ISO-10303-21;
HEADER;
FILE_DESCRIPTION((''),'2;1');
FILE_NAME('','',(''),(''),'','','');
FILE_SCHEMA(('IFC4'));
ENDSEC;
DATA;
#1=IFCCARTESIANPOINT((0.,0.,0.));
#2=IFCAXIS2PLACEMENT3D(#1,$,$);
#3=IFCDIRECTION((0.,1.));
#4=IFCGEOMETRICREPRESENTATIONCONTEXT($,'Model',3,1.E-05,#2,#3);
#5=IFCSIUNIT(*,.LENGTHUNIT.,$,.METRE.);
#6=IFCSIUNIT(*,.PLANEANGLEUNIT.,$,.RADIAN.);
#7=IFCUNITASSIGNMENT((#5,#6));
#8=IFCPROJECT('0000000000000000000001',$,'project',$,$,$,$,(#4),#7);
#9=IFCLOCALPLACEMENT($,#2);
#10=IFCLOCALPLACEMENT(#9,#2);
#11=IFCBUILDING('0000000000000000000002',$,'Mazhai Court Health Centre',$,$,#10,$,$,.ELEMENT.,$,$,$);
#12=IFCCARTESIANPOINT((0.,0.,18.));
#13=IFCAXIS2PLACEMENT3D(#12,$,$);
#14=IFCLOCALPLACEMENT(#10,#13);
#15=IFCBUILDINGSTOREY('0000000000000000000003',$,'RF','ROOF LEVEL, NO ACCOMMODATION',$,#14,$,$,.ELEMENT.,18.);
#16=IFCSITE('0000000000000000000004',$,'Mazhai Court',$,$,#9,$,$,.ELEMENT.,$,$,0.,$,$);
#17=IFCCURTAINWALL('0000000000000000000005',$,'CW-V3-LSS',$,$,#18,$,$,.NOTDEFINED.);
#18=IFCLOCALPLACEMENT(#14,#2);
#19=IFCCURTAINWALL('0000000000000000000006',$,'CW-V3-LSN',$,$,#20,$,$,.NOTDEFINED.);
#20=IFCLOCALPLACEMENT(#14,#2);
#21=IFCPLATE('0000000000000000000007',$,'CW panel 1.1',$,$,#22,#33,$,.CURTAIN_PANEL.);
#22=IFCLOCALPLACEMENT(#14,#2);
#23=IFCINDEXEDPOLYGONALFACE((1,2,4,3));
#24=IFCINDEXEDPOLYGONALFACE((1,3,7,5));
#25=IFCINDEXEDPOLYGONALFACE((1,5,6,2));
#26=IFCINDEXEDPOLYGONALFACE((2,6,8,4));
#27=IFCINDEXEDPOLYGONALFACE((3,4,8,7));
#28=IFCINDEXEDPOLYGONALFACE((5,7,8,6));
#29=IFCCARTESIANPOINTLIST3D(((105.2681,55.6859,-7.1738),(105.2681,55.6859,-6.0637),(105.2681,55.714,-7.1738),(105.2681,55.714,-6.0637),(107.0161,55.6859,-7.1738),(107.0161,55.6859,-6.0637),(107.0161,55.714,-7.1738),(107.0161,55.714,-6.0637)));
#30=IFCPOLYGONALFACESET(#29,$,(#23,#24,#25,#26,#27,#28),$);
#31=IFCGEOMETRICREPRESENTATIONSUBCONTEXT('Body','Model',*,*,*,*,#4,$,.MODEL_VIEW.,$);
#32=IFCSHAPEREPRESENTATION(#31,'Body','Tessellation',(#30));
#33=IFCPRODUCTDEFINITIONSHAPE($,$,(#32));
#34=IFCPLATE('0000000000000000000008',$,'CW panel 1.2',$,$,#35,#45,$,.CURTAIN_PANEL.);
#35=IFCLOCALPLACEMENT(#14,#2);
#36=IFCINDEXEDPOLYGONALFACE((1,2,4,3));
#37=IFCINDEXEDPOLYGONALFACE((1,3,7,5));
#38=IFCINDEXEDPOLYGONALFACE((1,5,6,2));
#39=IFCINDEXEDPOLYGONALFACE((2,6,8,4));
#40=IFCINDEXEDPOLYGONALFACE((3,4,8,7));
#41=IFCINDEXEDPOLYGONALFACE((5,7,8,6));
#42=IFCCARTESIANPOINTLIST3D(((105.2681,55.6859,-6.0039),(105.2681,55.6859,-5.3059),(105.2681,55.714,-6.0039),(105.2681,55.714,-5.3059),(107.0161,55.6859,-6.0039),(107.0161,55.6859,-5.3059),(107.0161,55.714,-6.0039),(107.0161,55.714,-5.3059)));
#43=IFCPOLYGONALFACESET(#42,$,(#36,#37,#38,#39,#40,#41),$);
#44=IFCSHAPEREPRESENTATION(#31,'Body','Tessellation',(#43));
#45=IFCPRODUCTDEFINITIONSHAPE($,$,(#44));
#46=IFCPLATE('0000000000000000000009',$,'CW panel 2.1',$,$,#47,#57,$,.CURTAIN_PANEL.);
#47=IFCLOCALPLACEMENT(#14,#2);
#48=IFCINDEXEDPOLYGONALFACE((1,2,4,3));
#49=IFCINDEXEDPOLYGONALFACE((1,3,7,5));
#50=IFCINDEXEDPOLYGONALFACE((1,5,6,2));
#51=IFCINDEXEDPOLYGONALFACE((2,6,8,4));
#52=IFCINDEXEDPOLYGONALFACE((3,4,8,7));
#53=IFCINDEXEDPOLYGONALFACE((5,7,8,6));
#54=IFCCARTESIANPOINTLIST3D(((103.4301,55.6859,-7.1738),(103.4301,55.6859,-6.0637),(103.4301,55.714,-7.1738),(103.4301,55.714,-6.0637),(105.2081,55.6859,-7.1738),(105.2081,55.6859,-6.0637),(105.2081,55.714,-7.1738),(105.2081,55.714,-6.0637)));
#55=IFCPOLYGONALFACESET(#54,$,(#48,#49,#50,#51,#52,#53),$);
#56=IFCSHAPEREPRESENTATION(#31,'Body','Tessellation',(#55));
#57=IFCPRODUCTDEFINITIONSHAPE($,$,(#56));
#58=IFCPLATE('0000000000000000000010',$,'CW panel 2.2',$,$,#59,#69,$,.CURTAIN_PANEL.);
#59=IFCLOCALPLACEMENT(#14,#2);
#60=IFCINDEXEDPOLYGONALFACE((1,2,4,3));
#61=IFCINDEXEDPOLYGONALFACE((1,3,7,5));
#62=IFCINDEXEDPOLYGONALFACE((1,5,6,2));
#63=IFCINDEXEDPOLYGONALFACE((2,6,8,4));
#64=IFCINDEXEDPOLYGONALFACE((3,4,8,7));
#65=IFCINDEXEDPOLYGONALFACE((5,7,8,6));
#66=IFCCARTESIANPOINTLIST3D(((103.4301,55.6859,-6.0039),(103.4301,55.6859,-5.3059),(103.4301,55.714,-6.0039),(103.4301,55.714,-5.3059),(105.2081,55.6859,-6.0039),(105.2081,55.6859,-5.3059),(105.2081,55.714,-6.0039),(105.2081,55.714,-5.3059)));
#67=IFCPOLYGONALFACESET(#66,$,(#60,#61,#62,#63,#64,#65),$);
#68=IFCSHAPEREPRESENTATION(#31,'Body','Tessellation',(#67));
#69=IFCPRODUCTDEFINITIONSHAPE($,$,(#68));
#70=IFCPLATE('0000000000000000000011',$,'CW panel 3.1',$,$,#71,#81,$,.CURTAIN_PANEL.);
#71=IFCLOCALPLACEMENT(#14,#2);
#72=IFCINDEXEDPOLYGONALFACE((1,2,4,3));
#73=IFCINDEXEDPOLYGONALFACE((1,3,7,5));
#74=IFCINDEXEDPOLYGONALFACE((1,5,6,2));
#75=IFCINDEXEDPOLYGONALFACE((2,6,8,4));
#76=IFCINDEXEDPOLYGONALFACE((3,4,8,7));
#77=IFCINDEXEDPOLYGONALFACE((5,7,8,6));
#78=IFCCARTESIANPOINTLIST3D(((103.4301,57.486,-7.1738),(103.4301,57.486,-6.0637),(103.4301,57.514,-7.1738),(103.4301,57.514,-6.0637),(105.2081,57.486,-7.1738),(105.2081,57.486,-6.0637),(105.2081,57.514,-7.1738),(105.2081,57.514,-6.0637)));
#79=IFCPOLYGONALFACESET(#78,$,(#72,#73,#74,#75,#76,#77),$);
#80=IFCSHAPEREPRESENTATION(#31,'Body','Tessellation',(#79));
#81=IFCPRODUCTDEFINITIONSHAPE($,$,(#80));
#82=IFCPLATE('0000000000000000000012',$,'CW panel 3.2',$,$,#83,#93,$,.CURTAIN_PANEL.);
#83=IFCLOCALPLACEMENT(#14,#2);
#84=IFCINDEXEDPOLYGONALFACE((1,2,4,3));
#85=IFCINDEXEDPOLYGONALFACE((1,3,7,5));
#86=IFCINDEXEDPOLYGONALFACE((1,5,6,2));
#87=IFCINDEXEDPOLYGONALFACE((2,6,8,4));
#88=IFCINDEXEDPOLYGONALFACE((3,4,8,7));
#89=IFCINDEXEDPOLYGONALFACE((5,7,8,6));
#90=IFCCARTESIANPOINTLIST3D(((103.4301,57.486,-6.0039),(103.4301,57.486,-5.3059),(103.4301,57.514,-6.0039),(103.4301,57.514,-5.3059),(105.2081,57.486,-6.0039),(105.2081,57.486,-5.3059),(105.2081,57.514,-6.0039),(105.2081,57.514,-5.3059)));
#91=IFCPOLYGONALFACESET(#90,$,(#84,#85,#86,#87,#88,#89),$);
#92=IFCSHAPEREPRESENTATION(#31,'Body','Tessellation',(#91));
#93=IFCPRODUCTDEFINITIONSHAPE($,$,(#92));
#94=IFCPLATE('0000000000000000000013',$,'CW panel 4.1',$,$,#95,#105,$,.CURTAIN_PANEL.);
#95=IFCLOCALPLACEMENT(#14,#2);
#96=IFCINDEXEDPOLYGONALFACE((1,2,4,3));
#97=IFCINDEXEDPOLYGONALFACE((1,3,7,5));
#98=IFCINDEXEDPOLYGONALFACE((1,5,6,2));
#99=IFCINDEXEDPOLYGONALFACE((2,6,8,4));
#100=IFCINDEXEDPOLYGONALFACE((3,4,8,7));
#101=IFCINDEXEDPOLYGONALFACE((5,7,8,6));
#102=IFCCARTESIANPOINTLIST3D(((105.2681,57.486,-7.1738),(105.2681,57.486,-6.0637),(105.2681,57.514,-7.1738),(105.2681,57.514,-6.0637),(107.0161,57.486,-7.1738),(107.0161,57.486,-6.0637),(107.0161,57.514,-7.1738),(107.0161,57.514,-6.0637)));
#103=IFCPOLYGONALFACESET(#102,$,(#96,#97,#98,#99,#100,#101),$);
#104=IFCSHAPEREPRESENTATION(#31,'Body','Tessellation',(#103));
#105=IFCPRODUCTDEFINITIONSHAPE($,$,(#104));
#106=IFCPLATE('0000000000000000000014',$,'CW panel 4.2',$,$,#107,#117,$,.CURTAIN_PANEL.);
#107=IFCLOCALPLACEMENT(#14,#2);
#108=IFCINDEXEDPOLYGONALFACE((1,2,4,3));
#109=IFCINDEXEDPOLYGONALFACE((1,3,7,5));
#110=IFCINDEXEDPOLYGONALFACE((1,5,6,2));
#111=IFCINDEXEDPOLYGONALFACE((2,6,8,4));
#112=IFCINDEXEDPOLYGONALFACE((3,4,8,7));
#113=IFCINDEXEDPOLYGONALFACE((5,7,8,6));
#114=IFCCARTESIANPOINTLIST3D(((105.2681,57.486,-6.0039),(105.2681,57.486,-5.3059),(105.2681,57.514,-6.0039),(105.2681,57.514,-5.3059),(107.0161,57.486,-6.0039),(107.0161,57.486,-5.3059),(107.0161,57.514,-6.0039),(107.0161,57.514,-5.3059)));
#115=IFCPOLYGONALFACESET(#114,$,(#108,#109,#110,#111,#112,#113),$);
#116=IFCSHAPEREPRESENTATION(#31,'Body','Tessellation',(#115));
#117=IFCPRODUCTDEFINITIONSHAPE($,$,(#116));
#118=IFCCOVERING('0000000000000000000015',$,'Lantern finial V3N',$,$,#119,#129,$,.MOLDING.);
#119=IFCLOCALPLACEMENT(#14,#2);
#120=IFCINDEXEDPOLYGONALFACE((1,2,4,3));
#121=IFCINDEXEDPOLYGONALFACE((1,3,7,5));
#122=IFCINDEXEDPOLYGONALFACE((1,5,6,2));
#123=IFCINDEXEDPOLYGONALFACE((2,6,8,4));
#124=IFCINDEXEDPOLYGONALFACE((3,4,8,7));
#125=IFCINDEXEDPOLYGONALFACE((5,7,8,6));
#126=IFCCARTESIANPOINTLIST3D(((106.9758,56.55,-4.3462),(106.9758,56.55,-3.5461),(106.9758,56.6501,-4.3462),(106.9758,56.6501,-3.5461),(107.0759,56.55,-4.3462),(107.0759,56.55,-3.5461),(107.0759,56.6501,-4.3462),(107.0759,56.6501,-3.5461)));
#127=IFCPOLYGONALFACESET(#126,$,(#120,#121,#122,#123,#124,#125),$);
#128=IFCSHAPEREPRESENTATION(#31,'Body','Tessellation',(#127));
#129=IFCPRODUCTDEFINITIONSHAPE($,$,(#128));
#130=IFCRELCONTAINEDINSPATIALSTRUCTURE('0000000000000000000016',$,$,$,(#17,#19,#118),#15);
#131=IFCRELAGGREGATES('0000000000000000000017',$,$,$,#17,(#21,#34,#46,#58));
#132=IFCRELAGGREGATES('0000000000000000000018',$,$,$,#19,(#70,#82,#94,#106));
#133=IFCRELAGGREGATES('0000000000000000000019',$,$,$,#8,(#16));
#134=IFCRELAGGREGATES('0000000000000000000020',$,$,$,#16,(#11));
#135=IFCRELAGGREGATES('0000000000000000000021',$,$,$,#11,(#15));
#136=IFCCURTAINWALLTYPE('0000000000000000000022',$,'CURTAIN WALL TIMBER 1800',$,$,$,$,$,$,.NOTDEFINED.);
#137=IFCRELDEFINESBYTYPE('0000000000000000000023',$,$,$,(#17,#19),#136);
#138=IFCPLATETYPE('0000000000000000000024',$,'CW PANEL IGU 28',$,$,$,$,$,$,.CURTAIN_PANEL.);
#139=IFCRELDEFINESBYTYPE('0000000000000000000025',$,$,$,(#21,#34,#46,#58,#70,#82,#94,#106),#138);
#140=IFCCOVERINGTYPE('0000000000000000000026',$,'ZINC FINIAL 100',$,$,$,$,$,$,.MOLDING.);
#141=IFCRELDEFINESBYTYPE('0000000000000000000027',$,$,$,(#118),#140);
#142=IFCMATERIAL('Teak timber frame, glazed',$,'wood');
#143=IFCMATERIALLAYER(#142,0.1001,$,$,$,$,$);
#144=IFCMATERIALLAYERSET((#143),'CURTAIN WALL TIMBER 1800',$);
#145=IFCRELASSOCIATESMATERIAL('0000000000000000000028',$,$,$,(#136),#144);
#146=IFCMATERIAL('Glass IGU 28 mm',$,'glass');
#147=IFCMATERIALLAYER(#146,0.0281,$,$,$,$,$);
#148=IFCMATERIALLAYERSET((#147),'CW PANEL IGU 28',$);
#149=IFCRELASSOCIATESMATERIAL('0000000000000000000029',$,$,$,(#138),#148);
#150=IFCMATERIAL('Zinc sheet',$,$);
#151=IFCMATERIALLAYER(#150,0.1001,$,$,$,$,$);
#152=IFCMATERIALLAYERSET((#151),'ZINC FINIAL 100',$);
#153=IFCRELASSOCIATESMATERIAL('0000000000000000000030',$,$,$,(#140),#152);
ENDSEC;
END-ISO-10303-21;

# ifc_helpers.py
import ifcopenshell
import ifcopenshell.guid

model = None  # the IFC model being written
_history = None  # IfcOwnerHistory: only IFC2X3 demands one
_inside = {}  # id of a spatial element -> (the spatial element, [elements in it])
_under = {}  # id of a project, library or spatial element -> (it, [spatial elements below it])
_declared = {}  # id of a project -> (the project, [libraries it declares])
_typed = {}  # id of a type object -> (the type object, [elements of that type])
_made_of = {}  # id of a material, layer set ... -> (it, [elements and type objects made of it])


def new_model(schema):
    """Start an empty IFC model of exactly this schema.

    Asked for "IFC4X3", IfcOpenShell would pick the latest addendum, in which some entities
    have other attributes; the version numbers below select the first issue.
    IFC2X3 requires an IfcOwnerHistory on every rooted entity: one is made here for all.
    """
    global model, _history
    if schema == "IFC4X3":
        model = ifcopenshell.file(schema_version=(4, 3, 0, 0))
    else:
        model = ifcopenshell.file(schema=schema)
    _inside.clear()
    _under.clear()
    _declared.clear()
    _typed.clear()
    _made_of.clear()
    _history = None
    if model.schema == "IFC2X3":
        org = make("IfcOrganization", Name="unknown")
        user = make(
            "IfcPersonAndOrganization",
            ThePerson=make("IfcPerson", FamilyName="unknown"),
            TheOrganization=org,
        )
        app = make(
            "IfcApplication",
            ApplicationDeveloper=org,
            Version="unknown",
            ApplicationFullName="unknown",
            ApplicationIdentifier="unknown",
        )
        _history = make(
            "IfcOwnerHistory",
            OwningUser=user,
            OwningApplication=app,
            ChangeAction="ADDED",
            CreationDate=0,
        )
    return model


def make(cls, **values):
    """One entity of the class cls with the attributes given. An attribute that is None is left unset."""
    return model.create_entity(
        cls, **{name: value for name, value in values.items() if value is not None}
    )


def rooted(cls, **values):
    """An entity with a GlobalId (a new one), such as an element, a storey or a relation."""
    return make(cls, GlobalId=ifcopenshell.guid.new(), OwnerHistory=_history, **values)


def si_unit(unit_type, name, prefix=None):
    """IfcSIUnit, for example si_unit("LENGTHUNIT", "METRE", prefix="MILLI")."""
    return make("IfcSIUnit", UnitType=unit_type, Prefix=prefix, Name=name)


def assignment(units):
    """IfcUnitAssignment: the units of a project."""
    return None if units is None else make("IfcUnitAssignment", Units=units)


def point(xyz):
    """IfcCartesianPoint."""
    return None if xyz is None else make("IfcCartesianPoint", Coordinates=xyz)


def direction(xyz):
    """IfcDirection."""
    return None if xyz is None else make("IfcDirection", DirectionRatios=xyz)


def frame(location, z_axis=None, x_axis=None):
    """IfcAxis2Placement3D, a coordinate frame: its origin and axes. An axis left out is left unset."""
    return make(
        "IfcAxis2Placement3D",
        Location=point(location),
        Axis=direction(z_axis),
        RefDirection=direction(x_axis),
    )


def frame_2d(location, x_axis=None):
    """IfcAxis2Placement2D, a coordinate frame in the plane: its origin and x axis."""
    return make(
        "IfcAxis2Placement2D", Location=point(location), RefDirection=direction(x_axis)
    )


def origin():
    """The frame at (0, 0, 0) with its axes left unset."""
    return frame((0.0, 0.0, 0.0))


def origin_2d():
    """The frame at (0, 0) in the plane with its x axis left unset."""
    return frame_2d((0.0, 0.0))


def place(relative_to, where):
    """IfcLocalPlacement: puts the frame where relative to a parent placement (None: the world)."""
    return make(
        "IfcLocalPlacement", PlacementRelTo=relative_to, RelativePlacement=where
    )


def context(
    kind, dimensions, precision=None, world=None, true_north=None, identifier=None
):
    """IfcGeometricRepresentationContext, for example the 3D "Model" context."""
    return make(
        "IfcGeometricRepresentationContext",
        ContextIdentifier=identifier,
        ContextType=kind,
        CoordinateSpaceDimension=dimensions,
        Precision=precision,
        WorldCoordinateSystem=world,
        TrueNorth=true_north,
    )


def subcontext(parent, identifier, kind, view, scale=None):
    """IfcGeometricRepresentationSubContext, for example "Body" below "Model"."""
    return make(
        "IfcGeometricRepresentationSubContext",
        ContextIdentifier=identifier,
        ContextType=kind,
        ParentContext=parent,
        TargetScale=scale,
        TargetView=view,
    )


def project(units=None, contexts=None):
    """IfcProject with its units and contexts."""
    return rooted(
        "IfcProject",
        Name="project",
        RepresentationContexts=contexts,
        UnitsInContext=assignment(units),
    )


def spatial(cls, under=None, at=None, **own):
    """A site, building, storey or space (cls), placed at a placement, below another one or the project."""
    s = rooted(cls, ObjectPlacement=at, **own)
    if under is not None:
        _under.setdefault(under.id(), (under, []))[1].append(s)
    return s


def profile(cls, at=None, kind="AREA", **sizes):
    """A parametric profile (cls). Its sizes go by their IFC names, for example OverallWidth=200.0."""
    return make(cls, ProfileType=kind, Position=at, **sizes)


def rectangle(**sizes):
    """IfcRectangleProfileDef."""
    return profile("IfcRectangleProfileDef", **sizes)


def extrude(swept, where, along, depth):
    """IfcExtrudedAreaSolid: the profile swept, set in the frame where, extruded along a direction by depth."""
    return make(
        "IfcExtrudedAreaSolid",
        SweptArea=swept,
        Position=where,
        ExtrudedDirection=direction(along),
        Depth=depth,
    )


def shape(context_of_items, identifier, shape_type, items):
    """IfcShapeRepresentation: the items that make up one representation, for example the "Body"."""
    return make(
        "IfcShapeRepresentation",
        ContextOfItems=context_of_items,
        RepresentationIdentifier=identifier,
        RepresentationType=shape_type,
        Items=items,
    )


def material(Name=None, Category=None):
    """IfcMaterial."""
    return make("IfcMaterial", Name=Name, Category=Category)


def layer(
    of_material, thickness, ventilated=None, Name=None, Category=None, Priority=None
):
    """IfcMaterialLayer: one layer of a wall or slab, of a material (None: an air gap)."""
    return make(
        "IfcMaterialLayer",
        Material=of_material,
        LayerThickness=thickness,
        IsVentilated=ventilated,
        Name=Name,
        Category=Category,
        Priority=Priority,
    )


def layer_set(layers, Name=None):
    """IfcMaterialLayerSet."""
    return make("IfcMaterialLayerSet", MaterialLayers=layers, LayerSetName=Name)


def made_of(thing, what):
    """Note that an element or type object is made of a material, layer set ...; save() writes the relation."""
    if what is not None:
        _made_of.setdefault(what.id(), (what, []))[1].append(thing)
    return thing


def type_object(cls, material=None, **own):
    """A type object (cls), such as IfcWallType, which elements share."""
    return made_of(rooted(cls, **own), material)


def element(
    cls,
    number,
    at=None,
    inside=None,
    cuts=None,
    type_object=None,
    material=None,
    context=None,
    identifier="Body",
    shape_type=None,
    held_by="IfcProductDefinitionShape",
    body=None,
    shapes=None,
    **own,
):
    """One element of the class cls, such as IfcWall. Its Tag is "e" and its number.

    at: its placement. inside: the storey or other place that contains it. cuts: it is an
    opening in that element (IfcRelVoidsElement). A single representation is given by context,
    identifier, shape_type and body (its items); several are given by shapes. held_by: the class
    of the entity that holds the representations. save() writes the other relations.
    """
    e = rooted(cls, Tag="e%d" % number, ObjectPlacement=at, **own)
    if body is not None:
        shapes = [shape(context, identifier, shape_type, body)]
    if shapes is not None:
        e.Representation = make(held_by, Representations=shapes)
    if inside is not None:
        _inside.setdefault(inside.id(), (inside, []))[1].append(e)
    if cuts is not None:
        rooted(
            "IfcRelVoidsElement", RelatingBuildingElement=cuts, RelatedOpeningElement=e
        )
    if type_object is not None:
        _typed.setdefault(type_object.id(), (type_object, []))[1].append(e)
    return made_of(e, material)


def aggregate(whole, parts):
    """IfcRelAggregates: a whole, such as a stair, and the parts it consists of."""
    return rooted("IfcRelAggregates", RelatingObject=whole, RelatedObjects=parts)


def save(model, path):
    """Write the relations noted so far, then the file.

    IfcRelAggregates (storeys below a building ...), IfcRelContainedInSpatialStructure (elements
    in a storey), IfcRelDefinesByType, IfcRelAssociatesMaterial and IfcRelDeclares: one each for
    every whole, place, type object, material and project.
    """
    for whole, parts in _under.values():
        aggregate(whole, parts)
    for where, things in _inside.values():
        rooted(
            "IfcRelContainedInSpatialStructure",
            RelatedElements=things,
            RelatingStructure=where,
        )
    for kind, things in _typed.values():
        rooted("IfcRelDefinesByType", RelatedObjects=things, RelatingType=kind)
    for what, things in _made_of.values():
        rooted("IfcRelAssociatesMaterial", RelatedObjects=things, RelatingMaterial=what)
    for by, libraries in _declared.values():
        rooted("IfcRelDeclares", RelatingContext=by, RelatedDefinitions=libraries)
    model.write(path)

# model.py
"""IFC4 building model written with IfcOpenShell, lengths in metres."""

from ifc_helpers import new_model, si_unit, direction, frame, origin, origin_2d, place, context, subcontext, project, spatial, rectangle, extrude, material, layer, layer_set, type_object, element, aggregate, save


model = new_model("IFC4")

# Units and contexts
model_context = context("Model", 3, precision=1e-05, world=origin(), true_north=direction((0.0, 1.0)))
body_context = subcontext(model_context, "Body", "Model", "MODEL_VIEW")
ifc_project = project(units=[si_unit("LENGTHUNIT", "METRE"), si_unit("PLANEANGLEUNIT", "RADIAN")], contexts=[model_context])

# Site, building, storey
site_placement = place(None, origin())
site = spatial("IfcSite", under=ifc_project, at=site_placement, Name="Mazhai Court", CompositionType="ELEMENT", RefElevation=0.0)
building_placement = place(site_placement, origin())
building = spatial("IfcBuilding", under=site, at=building_placement, Name="Mazhai Court Health Centre", CompositionType="ELEMENT")
storey_placement = place(building_placement, frame((0.0, 0.0, 18.0)))
storey = spatial("IfcBuildingStorey", under=building, at=storey_placement, Name="RF", Description="ROOF LEVEL, NO ACCOMMODATION", CompositionType="ELEMENT", Elevation=18.0)

# Curtain walls
ifc_material_1 = material(Name="Teak timber frame, glazed", Category="wood")
ifc_layer_1 = layer(ifc_material_1, 0.1001)
ifc_layer_set_1 = layer_set([ifc_layer_1], Name="CURTAIN WALL TIMBER 1800")
curtain_wall_type = type_object("IfcCurtainWallType", Name="CURTAIN WALL TIMBER 1800", PredefinedType="NOTDEFINED", material=ifc_layer_set_1)
curtain_wall_1_placement = place(storey_placement, origin())
curtain_wall_1 = element("IfcCurtainWall", 1, at=curtain_wall_1_placement, inside=storey, type_object=curtain_wall_type, Name="CW-V3-LSS", PredefinedType="NOTDEFINED")
curtain_wall_2_placement = place(storey_placement, origin())
curtain_wall_2 = element("IfcCurtainWall", 2, at=curtain_wall_2_placement, inside=storey, type_object=curtain_wall_type, Name="CW-V3-LSN", PredefinedType="NOTDEFINED")

# Plates
ifc_material_2 = material(Name="Glass IGU 28 mm", Category="glass")
ifc_layer_2 = layer(ifc_material_2, 0.0281)
ifc_layer_set_2 = layer_set([ifc_layer_2], Name="CW PANEL IGU 28")
plate_type = type_object("IfcPlateType", Name="CW PANEL IGU 28", PredefinedType="CURTAIN_PANEL", material=ifc_layer_set_2)
plate_1_placement = place(storey_placement, frame((106.1421, 55.7, -7.1738), z_axis=(0.0, 0.0, 1.0), x_axis=(-1.0, 0.0, 0.0)))
plate_1 = element("IfcPlate", 3, at=plate_1_placement, type_object=plate_type, Name="CW panel 1.1", PredefinedType="CURTAIN_PANEL", context=body_context, shape_type="SweptSolid", body=[
    extrude(rectangle(XDim=1.748, YDim=0.0281, at=origin_2d()), origin(), (0.0, 0.0, 1.0), 1.1101),
])
plate_2_placement = place(storey_placement, frame((106.1421, 55.7, -6.0039), z_axis=(0.0, 0.0, 1.0), x_axis=(-1.0, 0.0, 0.0)))
plate_2 = element("IfcPlate", 4, at=plate_2_placement, type_object=plate_type, Name="CW panel 1.2", PredefinedType="CURTAIN_PANEL", context=body_context, shape_type="SweptSolid", body=[
    extrude(rectangle(XDim=1.748, YDim=0.0281, at=origin_2d()), origin(), (0.0, 0.0, 1.0), 0.698),
])
plate_3_placement = place(storey_placement, frame((104.3191, 55.7, -7.1738), z_axis=(0.0, 0.0, 1.0), x_axis=(-1.0, 0.0, 0.0)))
plate_3 = element("IfcPlate", 5, at=plate_3_placement, type_object=plate_type, Name="CW panel 2.1", PredefinedType="CURTAIN_PANEL", context=body_context, shape_type="SweptSolid", body=[
    extrude(rectangle(XDim=1.7781, YDim=0.0281, at=origin_2d()), origin(), (0.0, 0.0, 1.0), 1.1101),
])
plate_4_placement = place(storey_placement, frame((104.3191, 55.7, -6.0039), z_axis=(0.0, 0.0, 1.0), x_axis=(-1.0, 0.0, 0.0)))
plate_4 = element("IfcPlate", 6, at=plate_4_placement, type_object=plate_type, Name="CW panel 2.2", PredefinedType="CURTAIN_PANEL", context=body_context, shape_type="SweptSolid", body=[
    extrude(rectangle(XDim=1.7781, YDim=0.0281, at=origin_2d()), origin(), (0.0, 0.0, 1.0), 0.698),
])
aggregate(curtain_wall_1, [plate_1, plate_2, plate_3, plate_4])
plate_5_placement = place(storey_placement, frame((104.3191, 57.5, -7.1738), z_axis=(0.0, 0.0, 1.0), x_axis=(1.0, 0.0, 0.0)))
plate_5 = element("IfcPlate", 7, at=plate_5_placement, type_object=plate_type, Name="CW panel 3.1", PredefinedType="CURTAIN_PANEL", context=body_context, shape_type="SweptSolid", body=[
    extrude(rectangle(XDim=1.7781, YDim=0.0281, at=origin_2d()), origin(), (0.0, 0.0, 1.0), 1.1101),
])
plate_6_placement = place(storey_placement, frame((104.3191, 57.5, -6.0039), z_axis=(0.0, 0.0, 1.0), x_axis=(1.0, 0.0, 0.0)))
plate_6 = element("IfcPlate", 8, at=plate_6_placement, type_object=plate_type, Name="CW panel 3.2", PredefinedType="CURTAIN_PANEL", context=body_context, shape_type="SweptSolid", body=[
    extrude(rectangle(XDim=1.7781, YDim=0.0281, at=origin_2d()), origin(), (0.0, 0.0, 1.0), 0.698),
])
plate_7_placement = place(storey_placement, frame((106.1421, 57.5, -7.1738), z_axis=(0.0, 0.0, 1.0), x_axis=(1.0, 0.0, 0.0)))
plate_7 = element("IfcPlate", 9, at=plate_7_placement, type_object=plate_type, Name="CW panel 4.1", PredefinedType="CURTAIN_PANEL", context=body_context, shape_type="SweptSolid", body=[
    extrude(rectangle(XDim=1.748, YDim=0.0281, at=origin_2d()), origin(), (0.0, 0.0, 1.0), 1.1101),
])
plate_8_placement = place(storey_placement, frame((106.1421, 57.5, -6.0039), z_axis=(0.0, 0.0, 1.0), x_axis=(1.0, 0.0, 0.0)))
plate_8 = element("IfcPlate", 10, at=plate_8_placement, type_object=plate_type, Name="CW panel 4.2", PredefinedType="CURTAIN_PANEL", context=body_context, shape_type="SweptSolid", body=[
    extrude(rectangle(XDim=1.748, YDim=0.0281, at=origin_2d()), origin(), (0.0, 0.0, 1.0), 0.698),
])
aggregate(curtain_wall_2, [plate_5, plate_6, plate_7, plate_8])

# Covering
ifc_material_3 = material(Name="Zinc sheet")
ifc_layer_3 = layer(ifc_material_3, 0.1001)
ifc_layer_set_3 = layer_set([ifc_layer_3], Name="ZINC FINIAL 100")
covering_type = type_object("IfcCoveringType", Name="ZINC FINIAL 100", PredefinedType="MOLDING", material=ifc_layer_set_3)
covering_placement = place(storey_placement, frame((107.0259, 56.6001, -4.3462), z_axis=(0.0, 0.0, 1.0), x_axis=(1.0, 0.0, 0.0)))
element("IfcCovering", 11, at=covering_placement, inside=storey, type_object=covering_type, Name="Lantern finial V3N", PredefinedType="MOLDING", context=body_context, shape_type="SweptSolid", body=[
    extrude(rectangle(XDim=0.1001, YDim=0.1001, at=origin_2d()), origin(), (0.0, 0.0, 1.0), 0.8),
])

save(model, "model.ifc")
